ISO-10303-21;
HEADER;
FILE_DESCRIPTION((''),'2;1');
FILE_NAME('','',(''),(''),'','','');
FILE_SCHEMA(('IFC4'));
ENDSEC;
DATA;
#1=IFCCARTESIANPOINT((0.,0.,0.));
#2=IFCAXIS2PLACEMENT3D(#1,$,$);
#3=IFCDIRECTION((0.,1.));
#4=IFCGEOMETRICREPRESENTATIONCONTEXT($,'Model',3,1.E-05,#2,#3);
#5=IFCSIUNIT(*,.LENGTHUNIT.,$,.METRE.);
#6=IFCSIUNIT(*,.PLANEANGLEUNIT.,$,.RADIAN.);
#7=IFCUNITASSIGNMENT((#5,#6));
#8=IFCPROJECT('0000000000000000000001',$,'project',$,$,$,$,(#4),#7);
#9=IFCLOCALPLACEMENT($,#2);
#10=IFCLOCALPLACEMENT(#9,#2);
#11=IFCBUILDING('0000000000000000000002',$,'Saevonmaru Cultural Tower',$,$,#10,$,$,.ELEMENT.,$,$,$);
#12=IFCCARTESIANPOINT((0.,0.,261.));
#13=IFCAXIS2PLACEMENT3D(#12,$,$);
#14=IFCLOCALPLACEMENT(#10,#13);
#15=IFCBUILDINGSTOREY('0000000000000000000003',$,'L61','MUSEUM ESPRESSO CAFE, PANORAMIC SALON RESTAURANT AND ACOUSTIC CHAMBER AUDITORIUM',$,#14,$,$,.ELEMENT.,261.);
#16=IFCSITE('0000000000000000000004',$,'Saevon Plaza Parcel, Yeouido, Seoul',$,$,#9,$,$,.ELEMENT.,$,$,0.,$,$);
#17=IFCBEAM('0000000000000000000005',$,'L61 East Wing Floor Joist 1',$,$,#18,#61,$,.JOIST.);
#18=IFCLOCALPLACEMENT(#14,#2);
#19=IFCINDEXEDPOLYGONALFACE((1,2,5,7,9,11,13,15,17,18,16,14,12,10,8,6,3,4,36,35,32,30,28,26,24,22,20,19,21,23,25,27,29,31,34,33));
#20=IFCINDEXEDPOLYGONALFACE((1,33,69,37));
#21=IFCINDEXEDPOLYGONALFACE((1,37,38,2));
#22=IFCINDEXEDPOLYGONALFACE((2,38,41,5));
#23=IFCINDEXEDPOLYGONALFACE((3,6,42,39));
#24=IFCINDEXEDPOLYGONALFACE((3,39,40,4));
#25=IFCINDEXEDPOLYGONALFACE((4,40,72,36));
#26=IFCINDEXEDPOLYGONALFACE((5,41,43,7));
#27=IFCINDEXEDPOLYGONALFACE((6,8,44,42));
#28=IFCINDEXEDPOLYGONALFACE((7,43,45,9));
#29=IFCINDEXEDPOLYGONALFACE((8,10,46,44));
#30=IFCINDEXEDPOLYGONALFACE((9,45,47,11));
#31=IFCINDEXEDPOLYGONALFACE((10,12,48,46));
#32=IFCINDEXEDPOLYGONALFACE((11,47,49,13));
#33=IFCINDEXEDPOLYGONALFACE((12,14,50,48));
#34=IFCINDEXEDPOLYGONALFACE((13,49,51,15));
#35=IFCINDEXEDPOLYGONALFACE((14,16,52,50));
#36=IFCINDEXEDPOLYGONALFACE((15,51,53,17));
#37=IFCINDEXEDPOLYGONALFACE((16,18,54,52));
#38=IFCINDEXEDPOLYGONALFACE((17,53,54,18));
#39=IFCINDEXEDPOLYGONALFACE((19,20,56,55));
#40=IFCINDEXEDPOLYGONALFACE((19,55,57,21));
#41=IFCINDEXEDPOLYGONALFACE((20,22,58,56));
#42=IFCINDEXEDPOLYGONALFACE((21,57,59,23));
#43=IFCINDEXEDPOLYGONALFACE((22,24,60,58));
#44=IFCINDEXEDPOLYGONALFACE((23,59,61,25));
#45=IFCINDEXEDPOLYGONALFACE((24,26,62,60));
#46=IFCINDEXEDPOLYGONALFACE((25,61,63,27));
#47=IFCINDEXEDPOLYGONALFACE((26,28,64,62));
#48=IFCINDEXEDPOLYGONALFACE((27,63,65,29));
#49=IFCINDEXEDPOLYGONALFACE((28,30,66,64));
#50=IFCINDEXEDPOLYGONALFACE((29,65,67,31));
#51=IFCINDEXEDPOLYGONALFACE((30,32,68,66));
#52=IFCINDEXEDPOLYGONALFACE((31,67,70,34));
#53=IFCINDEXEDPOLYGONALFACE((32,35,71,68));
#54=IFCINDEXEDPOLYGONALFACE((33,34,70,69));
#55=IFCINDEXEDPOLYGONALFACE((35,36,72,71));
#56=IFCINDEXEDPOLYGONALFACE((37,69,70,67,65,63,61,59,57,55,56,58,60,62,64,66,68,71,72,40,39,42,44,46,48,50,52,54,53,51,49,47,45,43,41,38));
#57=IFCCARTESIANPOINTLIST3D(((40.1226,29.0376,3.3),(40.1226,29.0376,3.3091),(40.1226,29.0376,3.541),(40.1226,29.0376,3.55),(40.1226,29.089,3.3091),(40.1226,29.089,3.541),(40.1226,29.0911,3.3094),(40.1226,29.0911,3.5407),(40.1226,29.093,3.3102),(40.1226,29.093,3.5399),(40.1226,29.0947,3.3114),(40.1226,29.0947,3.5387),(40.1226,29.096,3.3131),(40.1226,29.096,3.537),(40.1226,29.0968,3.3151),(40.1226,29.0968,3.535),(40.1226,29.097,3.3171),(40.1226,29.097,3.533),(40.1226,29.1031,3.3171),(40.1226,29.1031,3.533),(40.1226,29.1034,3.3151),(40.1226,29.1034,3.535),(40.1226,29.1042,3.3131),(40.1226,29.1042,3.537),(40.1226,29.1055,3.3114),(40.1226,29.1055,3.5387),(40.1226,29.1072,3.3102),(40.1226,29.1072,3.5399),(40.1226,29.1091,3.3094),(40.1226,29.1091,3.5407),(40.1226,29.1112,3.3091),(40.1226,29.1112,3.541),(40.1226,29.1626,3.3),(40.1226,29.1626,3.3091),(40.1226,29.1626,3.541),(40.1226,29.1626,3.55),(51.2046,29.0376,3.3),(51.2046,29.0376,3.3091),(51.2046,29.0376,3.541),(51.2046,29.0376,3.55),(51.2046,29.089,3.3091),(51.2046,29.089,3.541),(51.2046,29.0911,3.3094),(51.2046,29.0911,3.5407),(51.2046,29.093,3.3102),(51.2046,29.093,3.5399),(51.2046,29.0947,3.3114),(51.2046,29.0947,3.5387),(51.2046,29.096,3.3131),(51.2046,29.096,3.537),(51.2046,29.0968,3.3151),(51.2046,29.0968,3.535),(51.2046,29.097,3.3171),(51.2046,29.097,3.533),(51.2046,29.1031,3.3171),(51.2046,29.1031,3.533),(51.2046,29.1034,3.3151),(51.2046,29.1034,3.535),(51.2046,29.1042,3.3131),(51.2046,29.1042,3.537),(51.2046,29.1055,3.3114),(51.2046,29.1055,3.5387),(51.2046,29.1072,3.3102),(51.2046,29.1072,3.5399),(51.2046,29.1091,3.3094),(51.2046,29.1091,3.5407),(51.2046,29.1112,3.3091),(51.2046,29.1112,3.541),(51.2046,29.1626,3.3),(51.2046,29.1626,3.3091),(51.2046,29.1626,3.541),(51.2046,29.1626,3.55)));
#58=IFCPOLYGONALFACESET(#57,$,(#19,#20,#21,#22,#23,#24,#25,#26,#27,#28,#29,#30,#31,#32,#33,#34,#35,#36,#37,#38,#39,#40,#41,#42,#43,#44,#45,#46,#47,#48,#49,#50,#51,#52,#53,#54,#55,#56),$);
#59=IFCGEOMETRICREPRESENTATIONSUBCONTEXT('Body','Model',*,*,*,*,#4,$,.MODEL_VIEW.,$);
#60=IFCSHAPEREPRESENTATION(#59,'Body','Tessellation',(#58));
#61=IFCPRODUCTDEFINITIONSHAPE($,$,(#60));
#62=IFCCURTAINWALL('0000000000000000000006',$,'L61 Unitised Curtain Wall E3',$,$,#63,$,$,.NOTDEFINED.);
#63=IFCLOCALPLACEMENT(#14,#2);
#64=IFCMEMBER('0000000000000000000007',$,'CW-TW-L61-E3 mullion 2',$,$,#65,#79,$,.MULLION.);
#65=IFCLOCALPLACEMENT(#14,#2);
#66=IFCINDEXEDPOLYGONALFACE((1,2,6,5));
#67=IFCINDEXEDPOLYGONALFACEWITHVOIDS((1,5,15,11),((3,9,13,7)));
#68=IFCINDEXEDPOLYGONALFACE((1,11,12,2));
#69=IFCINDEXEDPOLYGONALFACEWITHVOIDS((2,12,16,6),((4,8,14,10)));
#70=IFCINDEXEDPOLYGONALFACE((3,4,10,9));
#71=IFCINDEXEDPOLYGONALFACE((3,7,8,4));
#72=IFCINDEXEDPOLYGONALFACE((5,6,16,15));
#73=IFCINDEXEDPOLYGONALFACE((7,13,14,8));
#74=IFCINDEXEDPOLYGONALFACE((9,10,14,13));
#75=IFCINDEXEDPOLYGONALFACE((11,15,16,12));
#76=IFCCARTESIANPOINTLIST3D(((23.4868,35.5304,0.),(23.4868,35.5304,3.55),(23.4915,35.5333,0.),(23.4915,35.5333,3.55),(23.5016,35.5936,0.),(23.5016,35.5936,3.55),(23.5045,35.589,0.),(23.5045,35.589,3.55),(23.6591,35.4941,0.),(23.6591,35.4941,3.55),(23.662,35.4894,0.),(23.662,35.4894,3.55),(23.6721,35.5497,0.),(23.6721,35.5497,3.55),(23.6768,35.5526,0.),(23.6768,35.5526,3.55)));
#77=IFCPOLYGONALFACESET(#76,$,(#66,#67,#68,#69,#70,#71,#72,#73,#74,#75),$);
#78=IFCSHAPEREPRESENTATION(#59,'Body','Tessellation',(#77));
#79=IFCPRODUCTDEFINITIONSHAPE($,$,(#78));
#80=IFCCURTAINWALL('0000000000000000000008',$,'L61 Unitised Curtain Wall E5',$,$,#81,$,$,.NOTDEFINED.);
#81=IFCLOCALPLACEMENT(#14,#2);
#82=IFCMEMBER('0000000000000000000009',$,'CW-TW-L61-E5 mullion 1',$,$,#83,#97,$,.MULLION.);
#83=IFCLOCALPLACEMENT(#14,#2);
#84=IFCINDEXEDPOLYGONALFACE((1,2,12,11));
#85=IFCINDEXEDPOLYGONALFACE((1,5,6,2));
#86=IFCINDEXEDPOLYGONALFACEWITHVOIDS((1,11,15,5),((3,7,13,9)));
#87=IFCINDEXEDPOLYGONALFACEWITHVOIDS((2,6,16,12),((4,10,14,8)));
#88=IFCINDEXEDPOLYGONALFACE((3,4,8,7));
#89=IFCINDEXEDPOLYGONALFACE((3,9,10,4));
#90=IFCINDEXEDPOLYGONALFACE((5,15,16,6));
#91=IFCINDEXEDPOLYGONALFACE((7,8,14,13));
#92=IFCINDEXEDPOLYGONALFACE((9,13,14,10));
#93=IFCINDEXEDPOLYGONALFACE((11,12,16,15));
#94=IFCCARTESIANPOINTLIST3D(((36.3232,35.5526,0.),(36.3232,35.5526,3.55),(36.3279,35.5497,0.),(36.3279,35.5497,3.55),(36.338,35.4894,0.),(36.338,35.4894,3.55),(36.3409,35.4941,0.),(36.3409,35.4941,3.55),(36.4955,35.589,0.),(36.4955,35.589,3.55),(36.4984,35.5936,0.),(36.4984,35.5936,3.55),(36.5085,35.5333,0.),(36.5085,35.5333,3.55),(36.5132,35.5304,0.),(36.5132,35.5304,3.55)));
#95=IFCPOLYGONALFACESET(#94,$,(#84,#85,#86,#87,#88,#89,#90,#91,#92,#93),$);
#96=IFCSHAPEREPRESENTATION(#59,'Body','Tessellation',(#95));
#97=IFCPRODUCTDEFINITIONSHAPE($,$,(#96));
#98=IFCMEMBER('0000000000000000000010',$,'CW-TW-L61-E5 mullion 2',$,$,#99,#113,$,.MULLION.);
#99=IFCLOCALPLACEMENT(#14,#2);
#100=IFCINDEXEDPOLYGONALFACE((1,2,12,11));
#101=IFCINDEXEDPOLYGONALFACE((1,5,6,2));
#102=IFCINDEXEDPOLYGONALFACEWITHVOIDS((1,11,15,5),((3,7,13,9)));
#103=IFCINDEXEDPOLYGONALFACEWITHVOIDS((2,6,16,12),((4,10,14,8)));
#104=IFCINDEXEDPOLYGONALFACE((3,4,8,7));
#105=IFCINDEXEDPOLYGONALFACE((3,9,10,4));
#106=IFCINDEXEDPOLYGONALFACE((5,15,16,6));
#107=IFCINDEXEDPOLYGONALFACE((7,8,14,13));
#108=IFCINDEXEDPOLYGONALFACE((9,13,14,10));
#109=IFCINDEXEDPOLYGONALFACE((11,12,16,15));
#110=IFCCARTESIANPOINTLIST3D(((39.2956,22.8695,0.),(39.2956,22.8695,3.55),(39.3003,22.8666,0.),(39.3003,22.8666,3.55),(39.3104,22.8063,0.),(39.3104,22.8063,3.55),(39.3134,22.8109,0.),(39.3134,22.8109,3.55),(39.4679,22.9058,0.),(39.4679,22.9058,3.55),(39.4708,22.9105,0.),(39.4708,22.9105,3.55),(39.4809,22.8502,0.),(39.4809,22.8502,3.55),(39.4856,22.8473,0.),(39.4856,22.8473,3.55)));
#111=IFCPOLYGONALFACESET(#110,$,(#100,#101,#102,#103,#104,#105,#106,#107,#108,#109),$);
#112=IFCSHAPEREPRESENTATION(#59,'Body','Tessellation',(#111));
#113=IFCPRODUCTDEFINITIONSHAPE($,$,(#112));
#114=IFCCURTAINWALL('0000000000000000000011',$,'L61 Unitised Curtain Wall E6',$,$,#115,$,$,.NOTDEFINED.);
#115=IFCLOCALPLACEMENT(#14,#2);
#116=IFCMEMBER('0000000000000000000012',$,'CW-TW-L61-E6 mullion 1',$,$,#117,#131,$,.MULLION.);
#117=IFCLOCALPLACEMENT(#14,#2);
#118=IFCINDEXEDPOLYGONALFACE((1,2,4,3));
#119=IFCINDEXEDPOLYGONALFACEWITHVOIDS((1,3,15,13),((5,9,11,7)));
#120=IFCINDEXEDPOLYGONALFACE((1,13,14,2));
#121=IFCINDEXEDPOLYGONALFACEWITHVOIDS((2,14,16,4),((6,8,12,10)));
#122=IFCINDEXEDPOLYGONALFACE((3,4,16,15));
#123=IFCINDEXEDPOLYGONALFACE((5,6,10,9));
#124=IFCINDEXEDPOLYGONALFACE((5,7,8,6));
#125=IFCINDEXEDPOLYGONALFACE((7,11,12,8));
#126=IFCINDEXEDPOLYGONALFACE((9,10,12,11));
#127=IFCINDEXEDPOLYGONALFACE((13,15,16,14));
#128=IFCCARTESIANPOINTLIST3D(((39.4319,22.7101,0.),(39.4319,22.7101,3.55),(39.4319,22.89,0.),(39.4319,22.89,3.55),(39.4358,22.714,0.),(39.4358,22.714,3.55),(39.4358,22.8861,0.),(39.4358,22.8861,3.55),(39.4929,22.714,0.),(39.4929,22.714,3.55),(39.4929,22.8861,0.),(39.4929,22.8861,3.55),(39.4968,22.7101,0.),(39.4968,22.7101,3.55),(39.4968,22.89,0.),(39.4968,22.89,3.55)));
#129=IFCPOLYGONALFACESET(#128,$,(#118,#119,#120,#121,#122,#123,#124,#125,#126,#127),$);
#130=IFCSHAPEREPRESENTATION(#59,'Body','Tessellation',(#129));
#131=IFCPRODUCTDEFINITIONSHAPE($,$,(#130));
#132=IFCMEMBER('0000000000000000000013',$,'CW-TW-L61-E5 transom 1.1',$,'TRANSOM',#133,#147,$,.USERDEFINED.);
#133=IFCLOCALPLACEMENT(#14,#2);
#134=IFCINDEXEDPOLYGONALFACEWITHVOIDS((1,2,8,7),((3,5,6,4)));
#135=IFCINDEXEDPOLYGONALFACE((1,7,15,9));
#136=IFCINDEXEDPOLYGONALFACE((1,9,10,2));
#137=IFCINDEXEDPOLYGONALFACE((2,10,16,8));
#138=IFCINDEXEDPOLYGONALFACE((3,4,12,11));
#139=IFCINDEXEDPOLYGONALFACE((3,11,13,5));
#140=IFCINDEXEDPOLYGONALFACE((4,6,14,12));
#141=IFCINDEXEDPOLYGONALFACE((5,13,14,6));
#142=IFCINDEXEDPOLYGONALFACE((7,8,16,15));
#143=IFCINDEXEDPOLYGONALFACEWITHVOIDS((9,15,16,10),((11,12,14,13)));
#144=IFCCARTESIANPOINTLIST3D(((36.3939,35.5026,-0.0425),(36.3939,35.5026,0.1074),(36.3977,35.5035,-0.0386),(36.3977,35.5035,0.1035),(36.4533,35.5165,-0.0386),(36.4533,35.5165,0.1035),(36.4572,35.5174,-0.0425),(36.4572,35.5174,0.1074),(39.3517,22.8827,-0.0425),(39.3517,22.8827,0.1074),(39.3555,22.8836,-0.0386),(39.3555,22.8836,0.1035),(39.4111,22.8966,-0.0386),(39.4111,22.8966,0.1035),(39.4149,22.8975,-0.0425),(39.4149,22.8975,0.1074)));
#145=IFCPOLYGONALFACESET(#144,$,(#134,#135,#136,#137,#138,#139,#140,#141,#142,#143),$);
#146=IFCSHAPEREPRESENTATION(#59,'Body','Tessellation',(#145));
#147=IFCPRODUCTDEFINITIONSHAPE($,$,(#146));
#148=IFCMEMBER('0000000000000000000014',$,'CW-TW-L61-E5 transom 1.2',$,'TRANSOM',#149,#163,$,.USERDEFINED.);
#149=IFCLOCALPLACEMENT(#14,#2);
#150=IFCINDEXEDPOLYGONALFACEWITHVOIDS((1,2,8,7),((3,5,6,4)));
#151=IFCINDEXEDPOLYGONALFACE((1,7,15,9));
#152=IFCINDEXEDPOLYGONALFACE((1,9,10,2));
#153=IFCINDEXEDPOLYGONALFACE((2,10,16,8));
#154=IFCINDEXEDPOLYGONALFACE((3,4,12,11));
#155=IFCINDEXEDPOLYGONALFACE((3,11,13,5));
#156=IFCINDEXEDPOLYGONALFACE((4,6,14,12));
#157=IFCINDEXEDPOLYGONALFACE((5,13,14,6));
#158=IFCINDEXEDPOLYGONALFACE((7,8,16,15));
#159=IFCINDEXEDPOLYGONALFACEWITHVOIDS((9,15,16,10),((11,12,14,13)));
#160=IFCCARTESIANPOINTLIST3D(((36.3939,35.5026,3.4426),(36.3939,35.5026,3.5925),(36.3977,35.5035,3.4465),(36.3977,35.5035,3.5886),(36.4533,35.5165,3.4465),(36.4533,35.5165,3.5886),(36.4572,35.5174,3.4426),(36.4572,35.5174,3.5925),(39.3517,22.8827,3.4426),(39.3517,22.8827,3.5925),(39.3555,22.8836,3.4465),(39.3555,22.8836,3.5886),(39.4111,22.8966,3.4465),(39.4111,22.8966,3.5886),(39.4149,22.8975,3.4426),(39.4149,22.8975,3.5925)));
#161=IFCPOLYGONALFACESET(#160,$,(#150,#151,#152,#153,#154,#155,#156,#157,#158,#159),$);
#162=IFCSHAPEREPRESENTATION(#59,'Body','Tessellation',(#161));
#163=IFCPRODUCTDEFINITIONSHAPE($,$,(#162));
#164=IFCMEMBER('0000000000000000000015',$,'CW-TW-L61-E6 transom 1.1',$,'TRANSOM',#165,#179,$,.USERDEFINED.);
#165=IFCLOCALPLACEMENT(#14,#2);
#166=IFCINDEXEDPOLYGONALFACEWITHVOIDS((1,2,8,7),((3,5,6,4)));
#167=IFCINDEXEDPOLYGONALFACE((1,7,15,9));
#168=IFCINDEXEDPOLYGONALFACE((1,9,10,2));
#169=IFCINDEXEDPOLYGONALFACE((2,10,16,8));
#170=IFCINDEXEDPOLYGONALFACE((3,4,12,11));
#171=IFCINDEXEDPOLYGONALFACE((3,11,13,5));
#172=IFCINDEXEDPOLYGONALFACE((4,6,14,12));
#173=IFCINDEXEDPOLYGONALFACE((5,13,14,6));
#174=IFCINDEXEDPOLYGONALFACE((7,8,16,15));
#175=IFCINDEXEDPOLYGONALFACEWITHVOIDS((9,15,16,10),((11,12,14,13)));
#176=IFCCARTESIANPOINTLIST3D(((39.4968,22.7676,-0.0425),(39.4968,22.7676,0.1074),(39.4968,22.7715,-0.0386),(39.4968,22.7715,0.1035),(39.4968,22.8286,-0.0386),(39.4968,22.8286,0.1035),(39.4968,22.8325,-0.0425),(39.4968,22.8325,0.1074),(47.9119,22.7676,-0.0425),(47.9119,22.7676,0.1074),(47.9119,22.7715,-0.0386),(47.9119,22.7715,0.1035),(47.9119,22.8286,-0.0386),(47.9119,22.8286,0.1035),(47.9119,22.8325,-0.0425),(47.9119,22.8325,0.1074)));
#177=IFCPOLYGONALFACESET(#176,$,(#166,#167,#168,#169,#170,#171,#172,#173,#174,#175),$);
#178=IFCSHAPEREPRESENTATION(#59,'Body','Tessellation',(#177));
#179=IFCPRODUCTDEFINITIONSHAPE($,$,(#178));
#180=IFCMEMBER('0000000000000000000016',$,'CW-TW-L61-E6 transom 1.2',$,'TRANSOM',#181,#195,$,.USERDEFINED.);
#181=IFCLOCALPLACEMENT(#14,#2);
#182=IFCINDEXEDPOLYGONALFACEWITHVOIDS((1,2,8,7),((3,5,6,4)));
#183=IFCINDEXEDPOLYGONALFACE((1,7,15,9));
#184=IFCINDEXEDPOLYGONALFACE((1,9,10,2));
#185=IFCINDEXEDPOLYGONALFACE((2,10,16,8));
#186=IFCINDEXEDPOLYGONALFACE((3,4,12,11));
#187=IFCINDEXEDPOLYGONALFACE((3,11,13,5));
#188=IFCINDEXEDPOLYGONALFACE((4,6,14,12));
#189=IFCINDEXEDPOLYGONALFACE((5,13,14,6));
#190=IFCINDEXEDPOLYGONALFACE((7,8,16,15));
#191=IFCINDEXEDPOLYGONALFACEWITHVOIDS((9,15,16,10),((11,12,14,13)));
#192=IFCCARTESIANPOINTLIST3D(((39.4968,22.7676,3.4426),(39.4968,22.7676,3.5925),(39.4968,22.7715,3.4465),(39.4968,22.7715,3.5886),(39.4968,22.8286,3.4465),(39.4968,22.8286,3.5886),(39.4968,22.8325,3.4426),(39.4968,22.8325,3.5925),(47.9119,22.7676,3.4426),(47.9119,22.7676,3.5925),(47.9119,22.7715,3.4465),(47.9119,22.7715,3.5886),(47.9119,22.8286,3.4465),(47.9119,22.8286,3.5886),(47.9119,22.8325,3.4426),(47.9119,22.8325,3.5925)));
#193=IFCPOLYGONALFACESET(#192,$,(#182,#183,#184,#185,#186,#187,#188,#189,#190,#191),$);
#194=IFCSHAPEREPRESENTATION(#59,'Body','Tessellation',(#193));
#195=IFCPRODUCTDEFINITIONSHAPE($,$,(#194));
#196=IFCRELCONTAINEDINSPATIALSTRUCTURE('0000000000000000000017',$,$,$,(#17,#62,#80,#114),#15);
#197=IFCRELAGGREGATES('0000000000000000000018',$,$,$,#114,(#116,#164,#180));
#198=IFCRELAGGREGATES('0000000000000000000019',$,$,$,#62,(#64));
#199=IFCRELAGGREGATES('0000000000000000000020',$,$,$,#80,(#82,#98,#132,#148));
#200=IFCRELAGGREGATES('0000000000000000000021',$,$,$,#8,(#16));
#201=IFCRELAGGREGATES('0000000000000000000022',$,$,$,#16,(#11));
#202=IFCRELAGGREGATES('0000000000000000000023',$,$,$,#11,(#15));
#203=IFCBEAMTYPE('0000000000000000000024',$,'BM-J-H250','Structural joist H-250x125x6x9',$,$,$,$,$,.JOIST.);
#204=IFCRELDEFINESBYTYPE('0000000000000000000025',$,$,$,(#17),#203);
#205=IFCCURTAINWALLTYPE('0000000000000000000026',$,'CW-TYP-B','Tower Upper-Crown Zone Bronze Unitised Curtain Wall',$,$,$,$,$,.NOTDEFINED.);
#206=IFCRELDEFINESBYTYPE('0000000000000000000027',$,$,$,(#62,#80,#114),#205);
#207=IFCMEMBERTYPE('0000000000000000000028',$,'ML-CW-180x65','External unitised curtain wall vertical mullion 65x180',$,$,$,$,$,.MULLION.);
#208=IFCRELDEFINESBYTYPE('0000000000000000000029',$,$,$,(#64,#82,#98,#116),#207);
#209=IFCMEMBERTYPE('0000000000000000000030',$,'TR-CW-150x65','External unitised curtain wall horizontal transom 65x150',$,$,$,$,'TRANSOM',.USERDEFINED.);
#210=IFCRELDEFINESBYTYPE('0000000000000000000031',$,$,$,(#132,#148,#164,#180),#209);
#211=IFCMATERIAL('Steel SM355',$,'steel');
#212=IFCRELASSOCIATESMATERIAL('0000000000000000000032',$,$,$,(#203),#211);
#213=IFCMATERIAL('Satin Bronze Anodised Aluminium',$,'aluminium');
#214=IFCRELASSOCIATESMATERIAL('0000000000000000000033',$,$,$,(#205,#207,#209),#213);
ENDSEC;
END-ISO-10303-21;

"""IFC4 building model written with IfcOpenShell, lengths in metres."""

from ifc_helpers import new_model, si_unit, direction, frame, origin, origin_2d, place, context, subcontext, project, spatial, hollow_rectangle, i_section, extrude, material, material_profile, profile_set, type_object, element, aggregate, save


model = new_model("IFC4")

# Units and contexts
model_context = context("Model", 3, precision=1e-05, world=origin(), true_north=direction((0.0, 1.0)))
body_context = subcontext(model_context, "Body", "Model", "MODEL_VIEW")
ifc_project = project(units=[si_unit("LENGTHUNIT", "METRE"), si_unit("PLANEANGLEUNIT", "RADIAN")], contexts=[model_context])

# Site, building, storey
site_placement = place(None, origin())
site = spatial("IfcSite", under=ifc_project, at=site_placement, Name="Saevon Plaza Parcel, Yeouido, Seoul", CompositionType="ELEMENT", RefElevation=0.0)
building_placement = place(site_placement, origin())
building = spatial("IfcBuilding", under=site, at=building_placement, Name="Saevonmaru Cultural Tower", CompositionType="ELEMENT")
storey_placement = place(building_placement, frame((0.0, 0.0, 261.0)))
storey = spatial("IfcBuildingStorey", under=building, at=storey_placement, Name="L61", Description="MUSEUM ESPRESSO CAFE, PANORAMIC SALON RESTAURANT AND ACOUSTIC CHAMBER AUDITORIUM", CompositionType="ELEMENT", Elevation=261.0)

# Shared definitions
ifc_material_1 = material(Name="Steel SM355", Category="steel")

# Beam
ifc_material_profile_1 = material_profile(ifc_material_1, i_section(OverallWidth=0.125, OverallDepth=0.25, WebThickness=0.0061, FlangeThickness=0.009, FilletRadius=0.0081, at=origin_2d()), Name="H-250x125x6x9")
ifc_profile_set_1 = profile_set([ifc_material_profile_1], Name="Steel SM355")
beam_type_1 = type_object("IfcBeamType", Name="BM-J-H250", Description="Structural joist H-250x125x6x9", PredefinedType="JOIST", material=ifc_profile_set_1)
beam_1_placement = place(storey_placement, frame((40.1226, 29.1001, 3.425), z_axis=(1.0, 0.0, 0.0), x_axis=(0.0, 1.0, 0.0)))
element("IfcBeam", 1, at=beam_1_placement, inside=storey, type_object=beam_type_1, Name="L61 East Wing Floor Joist 1", PredefinedType="JOIST", context=body_context, shape_type="SweptSolid", body=[
    extrude(i_section(OverallWidth=0.125, OverallDepth=0.25, WebThickness=0.0061, FlangeThickness=0.009, FilletRadius=0.0081, at=origin_2d()), origin(), (0.0, 0.0, 1.0), 11.082),
])

# Curtain wall, member
ifc_material_2 = material(Name="Satin Bronze Anodised Aluminium", Category="aluminium")
curtain_wall_type = type_object("IfcCurtainWallType", Name="CW-TYP-B", Description="Tower Upper-Crown Zone Bronze Unitised Curtain Wall", PredefinedType="NOTDEFINED", material=ifc_material_2)
curtain_wall_1_placement = place(storey_placement, origin())
curtain_wall_1 = element("IfcCurtainWall", 2, at=curtain_wall_1_placement, inside=storey, type_object=curtain_wall_type, Name="L61 Unitised Curtain Wall E3", PredefinedType="NOTDEFINED")
ifc_material_profile_2 = material_profile(ifc_material_2, hollow_rectangle(XDim=0.0649, YDim=0.1799, WallThickness=0.0039, at=origin_2d()), Name="ALU-MULL-180x65x4")
ifc_profile_set_2 = profile_set([ifc_material_profile_2], Name="Satin Bronze Anodised Aluminium")
member_type_1 = type_object("IfcMemberType", Name="ML-CW-180x65", Description="External unitised curtain wall vertical mullion 65x180", PredefinedType="MULLION", material=ifc_profile_set_2)
member_1_placement = place(storey_placement, frame((23.5818, 35.5415, 0.0), z_axis=(0.0, 0.0, 1.0), x_axis=(0.22819, 0.973617, 0.0)))
member_1 = element("IfcMember", 3, at=member_1_placement, type_object=member_type_1, Name="CW-TW-L61-E3 mullion 2", PredefinedType="MULLION", context=body_context, shape_type="SweptSolid", body=[
    extrude(hollow_rectangle(XDim=0.0649, YDim=0.1799, WallThickness=0.0039, at=origin_2d()), origin(), (0.0, 0.0, 1.0), 3.55),
])

# Curtain wall, members
curtain_wall_2_placement = place(storey_placement, origin())
curtain_wall_2 = element("IfcCurtainWall", 4, at=curtain_wall_2_placement, inside=storey, type_object=curtain_wall_type, Name="L61 Unitised Curtain Wall E5", PredefinedType="NOTDEFINED")
member_2_placement = place(storey_placement, frame((36.4182, 35.5415, 0.0), z_axis=(0.0, 0.0, 1.0), x_axis=(0.22819, -0.973617, 0.0)))
member_2 = element("IfcMember", 5, at=member_2_placement, type_object=member_type_1, Name="CW-TW-L61-E5 mullion 1", PredefinedType="MULLION", context=body_context, shape_type="SweptSolid", body=[
    extrude(hollow_rectangle(XDim=0.0649, YDim=0.1799, WallThickness=0.0039, at=origin_2d()), origin(), (0.0, 0.0, 1.0), 3.55),
])
member_3_placement = place(storey_placement, frame((39.3906, 22.8584, 0.0), z_axis=(0.0, 0.0, 1.0), x_axis=(0.22819, -0.973617, 0.0)))
member_3 = element("IfcMember", 6, at=member_3_placement, type_object=member_type_1, Name="CW-TW-L61-E5 mullion 2", PredefinedType="MULLION", context=body_context, shape_type="SweptSolid", body=[
    extrude(hollow_rectangle(XDim=0.0649, YDim=0.1799, WallThickness=0.0039, at=origin_2d()), origin(), (0.0, 0.0, 1.0), 3.55),
])

# Curtain wall, member
curtain_wall_3_placement = place(storey_placement, origin())
curtain_wall_3 = element("IfcCurtainWall", 7, at=curtain_wall_3_placement, inside=storey, type_object=curtain_wall_type, Name="L61 Unitised Curtain Wall E6", PredefinedType="NOTDEFINED")
member_4_placement = place(storey_placement, frame((39.4644, 22.8, 0.0), z_axis=(0.0, 0.0, 1.0), x_axis=(1.0, 0.0, 0.0)))
member_4 = element("IfcMember", 8, at=member_4_placement, type_object=member_type_1, Name="CW-TW-L61-E6 mullion 1", PredefinedType="MULLION", context=body_context, shape_type="SweptSolid", body=[
    extrude(hollow_rectangle(XDim=0.0649, YDim=0.1799, WallThickness=0.0039, at=origin_2d()), origin(), (0.0, 0.0, 1.0), 3.55),
])

# Members
ifc_material_profile_3 = material_profile(ifc_material_2, hollow_rectangle(XDim=0.0649, YDim=0.1499, WallThickness=0.0039, at=origin_2d()), Name="ALU-TRAN-150x65x4")
ifc_profile_set_3 = profile_set([ifc_material_profile_3], Name="Satin Bronze Anodised Aluminium")
member_type_2 = type_object("IfcMemberType", Name="TR-CW-150x65", Description="External unitised curtain wall horizontal transom 65x150", ElementType="TRANSOM", PredefinedType="USERDEFINED", material=ifc_profile_set_3)
member_5_placement = place(storey_placement, frame((36.4255, 35.51, 0.0325), z_axis=(0.22819, -0.973617, 0.0), x_axis=(0.973617, 0.22819, 0.0)))
member_5 = element("IfcMember", 9, at=member_5_placement, type_object=member_type_2, Name="CW-TW-L61-E5 transom 1.1", ObjectType="TRANSOM", PredefinedType="USERDEFINED", context=body_context, shape_type="SweptSolid", body=[
    extrude(hollow_rectangle(XDim=0.0649, YDim=0.1499, WallThickness=0.0039, at=origin_2d()), origin(), (0.0, 0.0, 1.0), 12.9619),
])
member_6_placement = place(storey_placement, frame((36.4255, 35.51, 3.5176), z_axis=(0.22819, -0.973617, 0.0), x_axis=(0.973617, 0.22819, 0.0)))
member_6 = element("IfcMember", 10, at=member_6_placement, type_object=member_type_2, Name="CW-TW-L61-E5 transom 1.2", ObjectType="TRANSOM", PredefinedType="USERDEFINED", context=body_context, shape_type="SweptSolid", body=[
    extrude(hollow_rectangle(XDim=0.0649, YDim=0.1499, WallThickness=0.0039, at=origin_2d()), origin(), (0.0, 0.0, 1.0), 12.9619),
])
member_7_placement = place(storey_placement, frame((39.4968, 22.8, 0.0325), z_axis=(1.0, 0.0, 0.0), x_axis=(0.0, 1.0, 0.0)))
member_7 = element("IfcMember", 11, at=member_7_placement, type_object=member_type_2, Name="CW-TW-L61-E6 transom 1.1", ObjectType="TRANSOM", PredefinedType="USERDEFINED", context=body_context, shape_type="SweptSolid", body=[
    extrude(hollow_rectangle(XDim=0.0649, YDim=0.1499, WallThickness=0.0039, at=origin_2d()), origin(), (0.0, 0.0, 1.0), 8.415),
])
member_8_placement = place(storey_placement, frame((39.4968, 22.8, 3.5176), z_axis=(1.0, 0.0, 0.0), x_axis=(0.0, 1.0, 0.0)))
member_8 = element("IfcMember", 12, at=member_8_placement, type_object=member_type_2, Name="CW-TW-L61-E6 transom 1.2", ObjectType="TRANSOM", PredefinedType="USERDEFINED", context=body_context, shape_type="SweptSolid", body=[
    extrude(hollow_rectangle(XDim=0.0649, YDim=0.1499, WallThickness=0.0039, at=origin_2d()), origin(), (0.0, 0.0, 1.0), 8.415),
])
aggregate(curtain_wall_3, [member_4, member_7, member_8])

aggregate(curtain_wall_1, [member_1])
aggregate(curtain_wall_2, [member_2, member_3, member_5, member_6])

save(model, "model.ifc")
